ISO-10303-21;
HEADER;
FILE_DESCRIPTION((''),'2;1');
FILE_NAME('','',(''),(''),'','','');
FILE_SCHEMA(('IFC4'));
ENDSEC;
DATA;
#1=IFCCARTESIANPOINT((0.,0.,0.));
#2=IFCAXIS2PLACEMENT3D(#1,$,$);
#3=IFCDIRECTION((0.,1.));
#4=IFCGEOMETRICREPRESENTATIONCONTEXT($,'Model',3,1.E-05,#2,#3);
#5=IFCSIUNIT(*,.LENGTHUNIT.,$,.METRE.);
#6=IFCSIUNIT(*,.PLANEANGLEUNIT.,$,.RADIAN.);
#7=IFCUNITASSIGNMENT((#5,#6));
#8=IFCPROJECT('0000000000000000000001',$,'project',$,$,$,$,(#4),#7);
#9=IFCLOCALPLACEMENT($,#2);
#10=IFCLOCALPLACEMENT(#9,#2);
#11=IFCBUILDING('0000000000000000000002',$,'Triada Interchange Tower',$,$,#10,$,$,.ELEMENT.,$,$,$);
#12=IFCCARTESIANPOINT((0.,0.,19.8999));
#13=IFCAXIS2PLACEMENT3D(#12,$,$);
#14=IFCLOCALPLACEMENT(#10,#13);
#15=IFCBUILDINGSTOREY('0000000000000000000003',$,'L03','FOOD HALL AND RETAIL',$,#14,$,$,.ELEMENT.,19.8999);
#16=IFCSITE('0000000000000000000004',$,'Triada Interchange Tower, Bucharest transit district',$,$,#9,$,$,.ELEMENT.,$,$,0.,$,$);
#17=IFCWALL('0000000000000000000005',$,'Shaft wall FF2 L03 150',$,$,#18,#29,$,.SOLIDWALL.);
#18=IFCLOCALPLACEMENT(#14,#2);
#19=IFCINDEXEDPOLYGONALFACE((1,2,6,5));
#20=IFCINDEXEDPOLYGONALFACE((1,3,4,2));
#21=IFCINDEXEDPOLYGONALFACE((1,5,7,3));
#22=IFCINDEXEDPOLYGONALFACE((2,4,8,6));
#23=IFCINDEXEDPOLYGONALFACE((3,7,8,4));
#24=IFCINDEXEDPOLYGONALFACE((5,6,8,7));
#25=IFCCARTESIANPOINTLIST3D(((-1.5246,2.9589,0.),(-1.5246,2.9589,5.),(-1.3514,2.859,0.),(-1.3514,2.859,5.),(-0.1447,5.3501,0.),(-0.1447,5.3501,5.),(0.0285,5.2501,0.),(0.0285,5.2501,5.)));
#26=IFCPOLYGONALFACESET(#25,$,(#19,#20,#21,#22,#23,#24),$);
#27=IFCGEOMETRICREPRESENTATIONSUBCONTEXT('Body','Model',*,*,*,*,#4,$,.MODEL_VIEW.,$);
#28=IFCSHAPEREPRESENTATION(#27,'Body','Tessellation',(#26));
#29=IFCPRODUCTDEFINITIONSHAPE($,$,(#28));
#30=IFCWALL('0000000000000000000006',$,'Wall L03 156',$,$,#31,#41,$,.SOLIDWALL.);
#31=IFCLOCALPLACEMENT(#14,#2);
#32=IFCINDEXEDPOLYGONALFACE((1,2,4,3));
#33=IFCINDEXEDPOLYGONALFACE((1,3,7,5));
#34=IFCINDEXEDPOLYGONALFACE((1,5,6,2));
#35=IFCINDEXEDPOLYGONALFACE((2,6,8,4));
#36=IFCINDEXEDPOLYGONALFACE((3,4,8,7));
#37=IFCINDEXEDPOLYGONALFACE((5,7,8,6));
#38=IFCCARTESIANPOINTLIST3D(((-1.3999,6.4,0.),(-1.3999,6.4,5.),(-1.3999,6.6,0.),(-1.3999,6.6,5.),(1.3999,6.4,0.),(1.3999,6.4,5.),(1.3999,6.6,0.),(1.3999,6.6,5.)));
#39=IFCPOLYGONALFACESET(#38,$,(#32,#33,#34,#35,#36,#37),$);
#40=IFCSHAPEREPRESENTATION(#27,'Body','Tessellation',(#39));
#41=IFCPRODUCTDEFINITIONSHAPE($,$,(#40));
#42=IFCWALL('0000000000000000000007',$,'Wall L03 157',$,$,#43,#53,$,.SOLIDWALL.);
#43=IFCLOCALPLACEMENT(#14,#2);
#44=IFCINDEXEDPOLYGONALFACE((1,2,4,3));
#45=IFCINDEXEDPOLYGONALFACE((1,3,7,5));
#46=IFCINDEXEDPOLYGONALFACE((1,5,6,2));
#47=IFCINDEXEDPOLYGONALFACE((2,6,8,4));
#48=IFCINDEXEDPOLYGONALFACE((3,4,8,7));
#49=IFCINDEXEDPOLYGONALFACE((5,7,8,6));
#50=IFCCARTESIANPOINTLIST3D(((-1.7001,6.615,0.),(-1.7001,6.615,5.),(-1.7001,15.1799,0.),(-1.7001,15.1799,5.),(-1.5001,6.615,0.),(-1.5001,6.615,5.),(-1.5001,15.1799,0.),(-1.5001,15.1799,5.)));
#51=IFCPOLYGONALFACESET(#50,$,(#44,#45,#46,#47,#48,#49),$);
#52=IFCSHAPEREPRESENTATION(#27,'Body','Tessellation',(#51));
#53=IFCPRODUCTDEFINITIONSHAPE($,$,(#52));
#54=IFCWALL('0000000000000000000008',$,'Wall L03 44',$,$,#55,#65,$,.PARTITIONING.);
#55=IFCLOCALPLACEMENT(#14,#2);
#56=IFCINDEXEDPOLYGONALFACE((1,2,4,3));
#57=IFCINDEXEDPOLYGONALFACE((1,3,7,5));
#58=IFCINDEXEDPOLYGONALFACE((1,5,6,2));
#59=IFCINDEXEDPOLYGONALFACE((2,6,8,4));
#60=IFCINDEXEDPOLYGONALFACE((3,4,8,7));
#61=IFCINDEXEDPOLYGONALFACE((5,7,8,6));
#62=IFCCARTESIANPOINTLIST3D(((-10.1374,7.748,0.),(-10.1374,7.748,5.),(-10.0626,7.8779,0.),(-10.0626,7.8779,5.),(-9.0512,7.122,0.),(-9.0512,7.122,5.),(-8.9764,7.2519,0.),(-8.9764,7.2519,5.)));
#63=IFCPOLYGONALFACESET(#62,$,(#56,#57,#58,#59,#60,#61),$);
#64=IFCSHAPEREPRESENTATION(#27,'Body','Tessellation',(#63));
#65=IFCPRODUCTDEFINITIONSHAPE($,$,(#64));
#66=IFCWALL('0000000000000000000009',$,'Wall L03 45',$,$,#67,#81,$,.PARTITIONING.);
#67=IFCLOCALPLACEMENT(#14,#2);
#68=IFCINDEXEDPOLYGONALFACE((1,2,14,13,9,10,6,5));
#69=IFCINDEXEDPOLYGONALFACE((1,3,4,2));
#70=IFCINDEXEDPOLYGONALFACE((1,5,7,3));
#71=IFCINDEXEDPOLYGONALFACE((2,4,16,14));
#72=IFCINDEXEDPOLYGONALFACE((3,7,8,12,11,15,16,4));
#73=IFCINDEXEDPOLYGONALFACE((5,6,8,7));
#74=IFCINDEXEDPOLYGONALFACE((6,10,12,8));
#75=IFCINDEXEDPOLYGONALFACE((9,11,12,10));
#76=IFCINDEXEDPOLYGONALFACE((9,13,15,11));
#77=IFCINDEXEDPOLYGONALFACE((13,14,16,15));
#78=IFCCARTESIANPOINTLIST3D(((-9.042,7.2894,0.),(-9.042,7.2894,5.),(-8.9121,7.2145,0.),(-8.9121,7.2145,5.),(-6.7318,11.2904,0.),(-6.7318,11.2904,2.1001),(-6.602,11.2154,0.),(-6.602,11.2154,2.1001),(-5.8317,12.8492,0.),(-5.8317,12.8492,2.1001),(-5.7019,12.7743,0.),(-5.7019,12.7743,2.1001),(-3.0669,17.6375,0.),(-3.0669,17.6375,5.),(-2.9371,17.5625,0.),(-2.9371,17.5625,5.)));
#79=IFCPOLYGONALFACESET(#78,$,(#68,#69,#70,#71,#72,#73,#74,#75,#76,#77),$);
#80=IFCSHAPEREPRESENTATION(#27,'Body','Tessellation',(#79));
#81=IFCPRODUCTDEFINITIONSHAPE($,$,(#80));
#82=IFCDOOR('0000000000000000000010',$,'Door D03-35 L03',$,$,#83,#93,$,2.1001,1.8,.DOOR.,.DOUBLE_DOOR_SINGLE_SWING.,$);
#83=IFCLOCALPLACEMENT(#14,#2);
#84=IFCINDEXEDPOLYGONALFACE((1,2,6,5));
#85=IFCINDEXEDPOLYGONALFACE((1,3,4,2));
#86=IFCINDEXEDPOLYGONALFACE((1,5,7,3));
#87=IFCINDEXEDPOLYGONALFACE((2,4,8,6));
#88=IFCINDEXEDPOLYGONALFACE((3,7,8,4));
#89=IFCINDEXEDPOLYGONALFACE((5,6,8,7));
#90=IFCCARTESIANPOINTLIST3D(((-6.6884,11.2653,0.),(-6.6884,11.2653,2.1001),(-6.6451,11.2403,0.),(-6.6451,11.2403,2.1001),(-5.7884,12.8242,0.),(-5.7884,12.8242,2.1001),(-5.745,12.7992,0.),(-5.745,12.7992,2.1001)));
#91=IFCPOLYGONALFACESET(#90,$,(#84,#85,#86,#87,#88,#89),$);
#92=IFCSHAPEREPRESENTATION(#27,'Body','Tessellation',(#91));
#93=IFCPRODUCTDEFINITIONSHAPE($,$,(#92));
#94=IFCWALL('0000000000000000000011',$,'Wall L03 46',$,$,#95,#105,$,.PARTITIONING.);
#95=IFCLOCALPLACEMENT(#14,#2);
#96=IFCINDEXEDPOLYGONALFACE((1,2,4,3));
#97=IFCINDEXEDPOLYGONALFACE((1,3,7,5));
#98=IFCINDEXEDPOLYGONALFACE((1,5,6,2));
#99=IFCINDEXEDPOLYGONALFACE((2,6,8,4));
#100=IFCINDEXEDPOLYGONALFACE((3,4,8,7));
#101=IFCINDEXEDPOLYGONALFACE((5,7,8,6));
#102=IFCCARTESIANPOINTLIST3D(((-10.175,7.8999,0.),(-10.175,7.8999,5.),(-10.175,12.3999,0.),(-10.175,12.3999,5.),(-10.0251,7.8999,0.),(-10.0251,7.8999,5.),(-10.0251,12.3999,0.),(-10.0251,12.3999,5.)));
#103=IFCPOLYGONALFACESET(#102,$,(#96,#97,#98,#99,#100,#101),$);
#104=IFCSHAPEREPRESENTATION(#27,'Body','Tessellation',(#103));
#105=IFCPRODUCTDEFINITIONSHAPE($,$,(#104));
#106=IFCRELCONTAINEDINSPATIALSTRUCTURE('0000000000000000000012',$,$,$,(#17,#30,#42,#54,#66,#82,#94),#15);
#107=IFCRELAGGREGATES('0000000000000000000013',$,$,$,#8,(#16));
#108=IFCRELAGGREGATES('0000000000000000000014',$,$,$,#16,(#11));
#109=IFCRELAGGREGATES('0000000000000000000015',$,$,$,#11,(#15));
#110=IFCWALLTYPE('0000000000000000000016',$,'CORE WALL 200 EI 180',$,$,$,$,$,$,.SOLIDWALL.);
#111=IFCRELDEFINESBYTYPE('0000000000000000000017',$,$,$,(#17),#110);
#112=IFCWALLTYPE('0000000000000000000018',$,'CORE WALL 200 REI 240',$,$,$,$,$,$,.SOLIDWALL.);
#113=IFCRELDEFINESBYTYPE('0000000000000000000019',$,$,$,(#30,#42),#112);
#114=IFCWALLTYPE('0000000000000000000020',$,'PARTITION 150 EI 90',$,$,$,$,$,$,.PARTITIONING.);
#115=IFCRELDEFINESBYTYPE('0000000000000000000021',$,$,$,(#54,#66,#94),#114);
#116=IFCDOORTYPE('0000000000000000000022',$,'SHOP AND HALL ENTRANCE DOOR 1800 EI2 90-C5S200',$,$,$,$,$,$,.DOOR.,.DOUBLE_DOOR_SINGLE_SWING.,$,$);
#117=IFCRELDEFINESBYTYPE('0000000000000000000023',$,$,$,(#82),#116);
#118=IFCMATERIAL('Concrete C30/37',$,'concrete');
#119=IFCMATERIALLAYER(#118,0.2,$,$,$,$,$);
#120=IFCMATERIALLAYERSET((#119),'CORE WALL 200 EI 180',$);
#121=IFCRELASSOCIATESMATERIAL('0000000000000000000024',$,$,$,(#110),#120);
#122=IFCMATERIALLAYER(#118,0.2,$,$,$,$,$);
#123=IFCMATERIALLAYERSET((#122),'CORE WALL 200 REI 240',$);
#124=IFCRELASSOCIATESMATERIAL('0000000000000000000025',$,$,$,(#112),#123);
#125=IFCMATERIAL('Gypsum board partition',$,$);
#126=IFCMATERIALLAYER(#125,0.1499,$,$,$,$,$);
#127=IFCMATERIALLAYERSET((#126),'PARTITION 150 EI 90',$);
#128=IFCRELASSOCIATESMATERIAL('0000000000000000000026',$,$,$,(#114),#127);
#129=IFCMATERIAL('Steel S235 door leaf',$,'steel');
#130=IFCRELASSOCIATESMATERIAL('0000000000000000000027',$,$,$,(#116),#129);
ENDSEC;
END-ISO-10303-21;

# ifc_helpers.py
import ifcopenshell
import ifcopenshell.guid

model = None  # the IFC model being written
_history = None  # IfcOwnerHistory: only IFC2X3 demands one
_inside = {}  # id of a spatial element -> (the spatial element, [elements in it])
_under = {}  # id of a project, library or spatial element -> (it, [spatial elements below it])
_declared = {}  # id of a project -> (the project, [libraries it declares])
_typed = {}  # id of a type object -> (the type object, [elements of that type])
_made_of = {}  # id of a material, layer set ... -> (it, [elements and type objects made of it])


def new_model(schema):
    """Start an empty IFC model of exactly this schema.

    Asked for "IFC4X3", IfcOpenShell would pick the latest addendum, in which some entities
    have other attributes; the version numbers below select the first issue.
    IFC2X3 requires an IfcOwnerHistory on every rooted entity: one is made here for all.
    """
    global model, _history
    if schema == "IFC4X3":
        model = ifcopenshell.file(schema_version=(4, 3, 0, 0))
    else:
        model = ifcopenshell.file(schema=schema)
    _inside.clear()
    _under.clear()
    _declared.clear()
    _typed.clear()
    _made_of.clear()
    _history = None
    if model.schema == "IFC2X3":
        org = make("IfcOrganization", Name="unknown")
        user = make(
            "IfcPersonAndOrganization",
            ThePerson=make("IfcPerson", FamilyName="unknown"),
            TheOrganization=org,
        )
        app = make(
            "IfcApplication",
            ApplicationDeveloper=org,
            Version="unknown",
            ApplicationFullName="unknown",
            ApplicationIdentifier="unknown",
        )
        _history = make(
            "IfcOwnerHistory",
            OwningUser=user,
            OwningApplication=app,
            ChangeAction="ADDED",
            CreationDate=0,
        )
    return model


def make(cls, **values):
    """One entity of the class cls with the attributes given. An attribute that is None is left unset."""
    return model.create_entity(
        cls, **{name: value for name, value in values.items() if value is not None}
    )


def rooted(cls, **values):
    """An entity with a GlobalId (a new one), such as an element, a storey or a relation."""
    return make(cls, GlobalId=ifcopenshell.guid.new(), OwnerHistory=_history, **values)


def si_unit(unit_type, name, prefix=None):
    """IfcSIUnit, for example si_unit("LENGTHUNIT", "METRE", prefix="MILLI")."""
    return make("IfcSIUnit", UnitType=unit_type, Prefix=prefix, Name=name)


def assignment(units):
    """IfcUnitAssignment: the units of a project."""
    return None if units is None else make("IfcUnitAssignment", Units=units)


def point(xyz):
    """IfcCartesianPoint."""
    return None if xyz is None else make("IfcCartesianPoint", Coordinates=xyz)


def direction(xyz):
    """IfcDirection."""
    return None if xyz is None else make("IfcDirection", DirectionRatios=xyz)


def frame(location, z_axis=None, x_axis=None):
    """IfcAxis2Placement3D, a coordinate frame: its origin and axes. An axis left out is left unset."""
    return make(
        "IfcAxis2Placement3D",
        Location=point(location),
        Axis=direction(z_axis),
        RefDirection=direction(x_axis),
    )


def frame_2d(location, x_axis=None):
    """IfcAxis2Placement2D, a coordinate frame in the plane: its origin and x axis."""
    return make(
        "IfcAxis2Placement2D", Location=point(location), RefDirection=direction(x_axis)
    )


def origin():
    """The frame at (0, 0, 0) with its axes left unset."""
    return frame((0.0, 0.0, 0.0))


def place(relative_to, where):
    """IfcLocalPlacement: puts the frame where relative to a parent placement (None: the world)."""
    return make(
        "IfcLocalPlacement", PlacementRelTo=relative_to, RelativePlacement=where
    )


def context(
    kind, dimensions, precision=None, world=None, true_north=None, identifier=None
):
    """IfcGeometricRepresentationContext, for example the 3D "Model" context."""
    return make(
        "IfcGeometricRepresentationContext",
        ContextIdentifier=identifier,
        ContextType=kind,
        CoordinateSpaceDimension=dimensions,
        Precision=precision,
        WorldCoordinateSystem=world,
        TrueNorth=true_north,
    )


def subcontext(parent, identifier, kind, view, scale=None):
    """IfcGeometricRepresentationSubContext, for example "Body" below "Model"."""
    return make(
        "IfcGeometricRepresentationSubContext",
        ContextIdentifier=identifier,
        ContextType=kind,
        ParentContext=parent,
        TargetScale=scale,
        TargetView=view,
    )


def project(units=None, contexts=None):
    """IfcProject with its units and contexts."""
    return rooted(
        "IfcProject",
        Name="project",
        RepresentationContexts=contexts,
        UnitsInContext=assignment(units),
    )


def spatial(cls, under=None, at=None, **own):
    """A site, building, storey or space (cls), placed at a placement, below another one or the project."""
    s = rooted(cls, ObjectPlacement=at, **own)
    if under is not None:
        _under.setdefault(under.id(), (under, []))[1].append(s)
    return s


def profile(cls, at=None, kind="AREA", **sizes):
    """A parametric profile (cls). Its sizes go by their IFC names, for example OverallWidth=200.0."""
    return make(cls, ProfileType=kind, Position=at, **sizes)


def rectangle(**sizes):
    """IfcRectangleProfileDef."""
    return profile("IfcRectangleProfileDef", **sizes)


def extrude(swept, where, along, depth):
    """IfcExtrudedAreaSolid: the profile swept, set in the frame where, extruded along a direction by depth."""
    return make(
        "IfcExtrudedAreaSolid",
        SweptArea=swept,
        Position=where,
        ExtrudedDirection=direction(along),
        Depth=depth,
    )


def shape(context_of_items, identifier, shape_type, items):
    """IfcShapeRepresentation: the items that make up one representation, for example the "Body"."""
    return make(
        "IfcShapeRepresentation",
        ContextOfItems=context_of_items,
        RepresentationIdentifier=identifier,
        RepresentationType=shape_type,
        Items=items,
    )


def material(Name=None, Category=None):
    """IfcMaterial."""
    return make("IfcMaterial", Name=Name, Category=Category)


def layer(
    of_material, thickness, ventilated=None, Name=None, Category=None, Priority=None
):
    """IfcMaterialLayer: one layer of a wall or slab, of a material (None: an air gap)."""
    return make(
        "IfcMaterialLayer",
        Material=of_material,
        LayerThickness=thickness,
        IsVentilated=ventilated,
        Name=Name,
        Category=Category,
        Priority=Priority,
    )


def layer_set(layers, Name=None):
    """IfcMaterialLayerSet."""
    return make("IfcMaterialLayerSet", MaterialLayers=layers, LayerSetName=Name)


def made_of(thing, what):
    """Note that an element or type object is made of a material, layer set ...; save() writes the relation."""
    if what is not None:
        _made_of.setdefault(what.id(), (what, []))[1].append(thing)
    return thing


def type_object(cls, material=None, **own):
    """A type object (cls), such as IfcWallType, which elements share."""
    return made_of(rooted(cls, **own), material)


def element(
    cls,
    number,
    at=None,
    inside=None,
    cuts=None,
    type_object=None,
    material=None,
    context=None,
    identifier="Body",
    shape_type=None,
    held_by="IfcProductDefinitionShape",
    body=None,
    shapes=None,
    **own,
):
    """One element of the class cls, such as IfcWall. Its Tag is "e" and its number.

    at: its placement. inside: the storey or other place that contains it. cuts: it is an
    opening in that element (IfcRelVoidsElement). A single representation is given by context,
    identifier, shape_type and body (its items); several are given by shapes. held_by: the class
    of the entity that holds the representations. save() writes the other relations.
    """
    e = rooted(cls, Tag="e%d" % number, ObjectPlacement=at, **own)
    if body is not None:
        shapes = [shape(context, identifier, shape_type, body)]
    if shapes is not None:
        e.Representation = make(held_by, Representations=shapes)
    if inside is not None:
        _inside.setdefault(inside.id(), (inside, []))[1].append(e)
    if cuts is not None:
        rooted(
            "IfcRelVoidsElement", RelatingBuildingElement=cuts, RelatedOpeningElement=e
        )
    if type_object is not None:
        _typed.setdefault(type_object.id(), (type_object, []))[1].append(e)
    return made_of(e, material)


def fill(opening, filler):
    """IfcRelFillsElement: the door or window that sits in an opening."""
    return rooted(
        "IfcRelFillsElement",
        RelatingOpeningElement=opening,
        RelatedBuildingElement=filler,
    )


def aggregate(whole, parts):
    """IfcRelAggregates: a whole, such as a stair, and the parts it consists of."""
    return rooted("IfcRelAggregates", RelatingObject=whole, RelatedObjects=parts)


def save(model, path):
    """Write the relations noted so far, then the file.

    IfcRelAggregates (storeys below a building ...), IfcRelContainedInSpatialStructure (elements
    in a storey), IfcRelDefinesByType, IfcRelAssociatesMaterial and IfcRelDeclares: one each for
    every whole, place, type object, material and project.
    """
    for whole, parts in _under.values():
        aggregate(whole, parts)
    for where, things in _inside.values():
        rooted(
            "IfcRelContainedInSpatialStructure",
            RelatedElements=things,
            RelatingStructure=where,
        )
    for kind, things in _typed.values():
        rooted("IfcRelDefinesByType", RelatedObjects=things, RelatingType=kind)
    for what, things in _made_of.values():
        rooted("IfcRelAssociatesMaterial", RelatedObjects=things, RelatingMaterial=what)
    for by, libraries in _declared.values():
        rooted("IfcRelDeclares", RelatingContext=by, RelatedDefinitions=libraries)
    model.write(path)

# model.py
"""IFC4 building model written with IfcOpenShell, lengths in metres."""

from ifc_helpers import new_model, si_unit, direction, frame, frame_2d, origin, place, context, subcontext, project, spatial, rectangle, extrude, material, layer, layer_set, type_object, element, fill, save


model = new_model("IFC4")

# Units and contexts
model_context = context("Model", 3, precision=1e-05, world=origin(), true_north=direction((0.0, 1.0)))
body_context = subcontext(model_context, "Body", "Model", "MODEL_VIEW")
ifc_project = project(units=[si_unit("LENGTHUNIT", "METRE"), si_unit("PLANEANGLEUNIT", "RADIAN")], contexts=[model_context])

# Site, building, storey
site_placement = place(None, origin())
site = spatial("IfcSite", under=ifc_project, at=site_placement, Name="Triada Interchange Tower, Bucharest transit district", CompositionType="ELEMENT", RefElevation=0.0)
building_placement = place(site_placement, origin())
building = spatial("IfcBuilding", under=site, at=building_placement, Name="Triada Interchange Tower", CompositionType="ELEMENT")
storey_placement = place(building_placement, frame((0.0, 0.0, 19.8999)))
storey = spatial("IfcBuildingStorey", under=building, at=storey_placement, Name="L03", Description="FOOD HALL AND RETAIL", CompositionType="ELEMENT", Elevation=19.8999)

# Shared definitions
ifc_material_1 = material(Name="Concrete C30/37", Category="concrete")

# Shared definitions
ifc_layer_1 = layer(ifc_material_1, 0.2)
ifc_layer_set_1 = layer_set([ifc_layer_1], Name="CORE WALL 200 EI 180")
wall_type_1 = type_object("IfcWallType", Name="CORE WALL 200 EI 180", PredefinedType="SOLIDWALL", material=ifc_layer_set_1)
ifc_material_2 = material(Name="Steel S235 door leaf", Category="steel")

# Walls
wall_1_placement = place(storey_placement, frame((-1.438, 2.9089, 0.0), z_axis=(0.0, 0.0, 1.0), x_axis=(0.49983, 0.866124, 0.0)))
element("IfcWall", 1, at=wall_1_placement, inside=storey, type_object=wall_type_1, Name="Shaft wall FF2 L03 150", PredefinedType="SOLIDWALL", context=body_context, shape_type="SweptSolid", body=[
    extrude(rectangle(XDim=2.7607, YDim=0.2, at=frame_2d((1.3804, 0.0))), origin(), (0.0, 0.0, 1.0), 5.0),
])
ifc_layer_2 = layer(ifc_material_1, 0.2)
ifc_layer_set_2 = layer_set([ifc_layer_2], Name="CORE WALL 200 REI 240")
wall_type_2 = type_object("IfcWallType", Name="CORE WALL 200 REI 240", PredefinedType="SOLIDWALL", material=ifc_layer_set_2)
wall_2_placement = place(storey_placement, frame((-1.3999, 6.5, 0.0), z_axis=(0.0, 0.0, 1.0), x_axis=(1.0, 0.0, 0.0)))
element("IfcWall", 2, at=wall_2_placement, inside=storey, type_object=wall_type_2, Name="Wall L03 156", PredefinedType="SOLIDWALL", context=body_context, shape_type="SweptSolid", body=[
    extrude(rectangle(XDim=2.7998, YDim=0.2, at=frame_2d((1.3999, 0.0))), origin(), (0.0, 0.0, 1.0), 5.0),
])
wall_3_placement = place(storey_placement, frame((-1.6001, 6.615, 0.0), z_axis=(0.0, 0.0, 1.0), x_axis=(0.0, 1.0, 0.0)))
element("IfcWall", 3, at=wall_3_placement, inside=storey, type_object=wall_type_2, Name="Wall L03 157", PredefinedType="SOLIDWALL", context=body_context, shape_type="SweptSolid", body=[
    extrude(rectangle(XDim=8.5649, YDim=0.2, at=frame_2d((4.2825, 0.0))), origin(), (0.0, 0.0, 1.0), 5.0),
])
ifc_material_3 = material(Name="Gypsum board partition")
ifc_layer_3 = layer(ifc_material_3, 0.1499)
ifc_layer_set_3 = layer_set([ifc_layer_3], Name="PARTITION 150 EI 90")
wall_type_3 = type_object("IfcWallType", Name="PARTITION 150 EI 90", PredefinedType="PARTITIONING", material=ifc_layer_set_3)
wall_4_placement = place(storey_placement, frame((-10.1001, 7.813, 0.0), z_axis=(0.0, 0.0, 1.0), x_axis=(0.866416, -0.499323, 0.0)))
element("IfcWall", 4, at=wall_4_placement, inside=storey, type_object=wall_type_3, Name="Wall L03 44", PredefinedType="PARTITIONING", context=body_context, shape_type="SweptSolid", body=[
    extrude(rectangle(XDim=1.2537, YDim=0.1499, at=frame_2d((0.627, 0.0))), origin(), (0.0, 0.0, 1.0), 5.0),
])

# Wall, opening, door
wall_5_placement = place(storey_placement, frame((-8.9771, 7.252, 0.0), z_axis=(0.0, 0.0, 1.0), x_axis=(0.500037, 0.866004, 0.0)))
wall_5 = element("IfcWall", 5, at=wall_5_placement, inside=storey, type_object=wall_type_3, Name="Wall L03 45", PredefinedType="PARTITIONING", context=body_context, shape_type="SweptSolid", body=[
    extrude(rectangle(XDim=11.9492, YDim=0.1499, at=frame_2d((5.9746, 0.0))), origin(), (0.0, 0.0, 1.0), 5.0),
])
opening_1_placement = place(wall_5_placement, frame((4.6201, 0.0, 0.0)))
opening_1 = element("IfcOpeningElement", 6, at=opening_1_placement, cuts=wall_5, PredefinedType="OPENING", context=body_context, shape_type="SweptSolid", body=[
    extrude(rectangle(XDim=1.8, YDim=2.1001, at=frame_2d((0.8999, 1.05))), frame((0.0, 0.085, 0.0), z_axis=(0.0, -1.0, 0.0), x_axis=(1.0, 0.0, 0.0)), (0.0, 0.0, 1.0), 0.1699),
])
door_type_1 = type_object("IfcDoorType", Name="SHOP AND HALL ENTRANCE DOOR 1800 EI2 90-C5S200", OperationType="DOUBLE_DOOR_SINGLE_SWING", PredefinedType="DOOR", material=ifc_material_2)
door_1_placement = place(opening_1_placement, origin())
door_1 = element("IfcDoor", 7, at=door_1_placement, inside=storey, type_object=door_type_1, Name="Door D03-35 L03", OperationType="DOUBLE_DOOR_SINGLE_SWING", OverallHeight=2.1001, OverallWidth=1.8, PredefinedType="DOOR", context=body_context, shape_type="SweptSolid", body=[
    extrude(rectangle(XDim=1.8, YDim=2.1001, at=frame_2d((0.8999, 1.05))), frame((0.0, 0.0249, 0.0), z_axis=(0.0, -1.0, 0.0), x_axis=(1.0, 0.0, 0.0)), (0.0, 0.0, 1.0), 0.05),
])
fill(opening_1, door_1)

# Wall
wall_6_placement = place(storey_placement, frame((-10.1001, 7.8999, 0.0), z_axis=(0.0, 0.0, 1.0), x_axis=(0.0, 1.0, 0.0)))
element("IfcWall", 8, at=wall_6_placement, inside=storey, type_object=wall_type_3, Name="Wall L03 46", PredefinedType="PARTITIONING", context=body_context, shape_type="SweptSolid", body=[
    extrude(rectangle(XDim=4.5, YDim=0.1499, at=frame_2d((2.25, 0.0))), origin(), (0.0, 0.0, 1.0), 5.0),
])

save(model, "model.ifc")
